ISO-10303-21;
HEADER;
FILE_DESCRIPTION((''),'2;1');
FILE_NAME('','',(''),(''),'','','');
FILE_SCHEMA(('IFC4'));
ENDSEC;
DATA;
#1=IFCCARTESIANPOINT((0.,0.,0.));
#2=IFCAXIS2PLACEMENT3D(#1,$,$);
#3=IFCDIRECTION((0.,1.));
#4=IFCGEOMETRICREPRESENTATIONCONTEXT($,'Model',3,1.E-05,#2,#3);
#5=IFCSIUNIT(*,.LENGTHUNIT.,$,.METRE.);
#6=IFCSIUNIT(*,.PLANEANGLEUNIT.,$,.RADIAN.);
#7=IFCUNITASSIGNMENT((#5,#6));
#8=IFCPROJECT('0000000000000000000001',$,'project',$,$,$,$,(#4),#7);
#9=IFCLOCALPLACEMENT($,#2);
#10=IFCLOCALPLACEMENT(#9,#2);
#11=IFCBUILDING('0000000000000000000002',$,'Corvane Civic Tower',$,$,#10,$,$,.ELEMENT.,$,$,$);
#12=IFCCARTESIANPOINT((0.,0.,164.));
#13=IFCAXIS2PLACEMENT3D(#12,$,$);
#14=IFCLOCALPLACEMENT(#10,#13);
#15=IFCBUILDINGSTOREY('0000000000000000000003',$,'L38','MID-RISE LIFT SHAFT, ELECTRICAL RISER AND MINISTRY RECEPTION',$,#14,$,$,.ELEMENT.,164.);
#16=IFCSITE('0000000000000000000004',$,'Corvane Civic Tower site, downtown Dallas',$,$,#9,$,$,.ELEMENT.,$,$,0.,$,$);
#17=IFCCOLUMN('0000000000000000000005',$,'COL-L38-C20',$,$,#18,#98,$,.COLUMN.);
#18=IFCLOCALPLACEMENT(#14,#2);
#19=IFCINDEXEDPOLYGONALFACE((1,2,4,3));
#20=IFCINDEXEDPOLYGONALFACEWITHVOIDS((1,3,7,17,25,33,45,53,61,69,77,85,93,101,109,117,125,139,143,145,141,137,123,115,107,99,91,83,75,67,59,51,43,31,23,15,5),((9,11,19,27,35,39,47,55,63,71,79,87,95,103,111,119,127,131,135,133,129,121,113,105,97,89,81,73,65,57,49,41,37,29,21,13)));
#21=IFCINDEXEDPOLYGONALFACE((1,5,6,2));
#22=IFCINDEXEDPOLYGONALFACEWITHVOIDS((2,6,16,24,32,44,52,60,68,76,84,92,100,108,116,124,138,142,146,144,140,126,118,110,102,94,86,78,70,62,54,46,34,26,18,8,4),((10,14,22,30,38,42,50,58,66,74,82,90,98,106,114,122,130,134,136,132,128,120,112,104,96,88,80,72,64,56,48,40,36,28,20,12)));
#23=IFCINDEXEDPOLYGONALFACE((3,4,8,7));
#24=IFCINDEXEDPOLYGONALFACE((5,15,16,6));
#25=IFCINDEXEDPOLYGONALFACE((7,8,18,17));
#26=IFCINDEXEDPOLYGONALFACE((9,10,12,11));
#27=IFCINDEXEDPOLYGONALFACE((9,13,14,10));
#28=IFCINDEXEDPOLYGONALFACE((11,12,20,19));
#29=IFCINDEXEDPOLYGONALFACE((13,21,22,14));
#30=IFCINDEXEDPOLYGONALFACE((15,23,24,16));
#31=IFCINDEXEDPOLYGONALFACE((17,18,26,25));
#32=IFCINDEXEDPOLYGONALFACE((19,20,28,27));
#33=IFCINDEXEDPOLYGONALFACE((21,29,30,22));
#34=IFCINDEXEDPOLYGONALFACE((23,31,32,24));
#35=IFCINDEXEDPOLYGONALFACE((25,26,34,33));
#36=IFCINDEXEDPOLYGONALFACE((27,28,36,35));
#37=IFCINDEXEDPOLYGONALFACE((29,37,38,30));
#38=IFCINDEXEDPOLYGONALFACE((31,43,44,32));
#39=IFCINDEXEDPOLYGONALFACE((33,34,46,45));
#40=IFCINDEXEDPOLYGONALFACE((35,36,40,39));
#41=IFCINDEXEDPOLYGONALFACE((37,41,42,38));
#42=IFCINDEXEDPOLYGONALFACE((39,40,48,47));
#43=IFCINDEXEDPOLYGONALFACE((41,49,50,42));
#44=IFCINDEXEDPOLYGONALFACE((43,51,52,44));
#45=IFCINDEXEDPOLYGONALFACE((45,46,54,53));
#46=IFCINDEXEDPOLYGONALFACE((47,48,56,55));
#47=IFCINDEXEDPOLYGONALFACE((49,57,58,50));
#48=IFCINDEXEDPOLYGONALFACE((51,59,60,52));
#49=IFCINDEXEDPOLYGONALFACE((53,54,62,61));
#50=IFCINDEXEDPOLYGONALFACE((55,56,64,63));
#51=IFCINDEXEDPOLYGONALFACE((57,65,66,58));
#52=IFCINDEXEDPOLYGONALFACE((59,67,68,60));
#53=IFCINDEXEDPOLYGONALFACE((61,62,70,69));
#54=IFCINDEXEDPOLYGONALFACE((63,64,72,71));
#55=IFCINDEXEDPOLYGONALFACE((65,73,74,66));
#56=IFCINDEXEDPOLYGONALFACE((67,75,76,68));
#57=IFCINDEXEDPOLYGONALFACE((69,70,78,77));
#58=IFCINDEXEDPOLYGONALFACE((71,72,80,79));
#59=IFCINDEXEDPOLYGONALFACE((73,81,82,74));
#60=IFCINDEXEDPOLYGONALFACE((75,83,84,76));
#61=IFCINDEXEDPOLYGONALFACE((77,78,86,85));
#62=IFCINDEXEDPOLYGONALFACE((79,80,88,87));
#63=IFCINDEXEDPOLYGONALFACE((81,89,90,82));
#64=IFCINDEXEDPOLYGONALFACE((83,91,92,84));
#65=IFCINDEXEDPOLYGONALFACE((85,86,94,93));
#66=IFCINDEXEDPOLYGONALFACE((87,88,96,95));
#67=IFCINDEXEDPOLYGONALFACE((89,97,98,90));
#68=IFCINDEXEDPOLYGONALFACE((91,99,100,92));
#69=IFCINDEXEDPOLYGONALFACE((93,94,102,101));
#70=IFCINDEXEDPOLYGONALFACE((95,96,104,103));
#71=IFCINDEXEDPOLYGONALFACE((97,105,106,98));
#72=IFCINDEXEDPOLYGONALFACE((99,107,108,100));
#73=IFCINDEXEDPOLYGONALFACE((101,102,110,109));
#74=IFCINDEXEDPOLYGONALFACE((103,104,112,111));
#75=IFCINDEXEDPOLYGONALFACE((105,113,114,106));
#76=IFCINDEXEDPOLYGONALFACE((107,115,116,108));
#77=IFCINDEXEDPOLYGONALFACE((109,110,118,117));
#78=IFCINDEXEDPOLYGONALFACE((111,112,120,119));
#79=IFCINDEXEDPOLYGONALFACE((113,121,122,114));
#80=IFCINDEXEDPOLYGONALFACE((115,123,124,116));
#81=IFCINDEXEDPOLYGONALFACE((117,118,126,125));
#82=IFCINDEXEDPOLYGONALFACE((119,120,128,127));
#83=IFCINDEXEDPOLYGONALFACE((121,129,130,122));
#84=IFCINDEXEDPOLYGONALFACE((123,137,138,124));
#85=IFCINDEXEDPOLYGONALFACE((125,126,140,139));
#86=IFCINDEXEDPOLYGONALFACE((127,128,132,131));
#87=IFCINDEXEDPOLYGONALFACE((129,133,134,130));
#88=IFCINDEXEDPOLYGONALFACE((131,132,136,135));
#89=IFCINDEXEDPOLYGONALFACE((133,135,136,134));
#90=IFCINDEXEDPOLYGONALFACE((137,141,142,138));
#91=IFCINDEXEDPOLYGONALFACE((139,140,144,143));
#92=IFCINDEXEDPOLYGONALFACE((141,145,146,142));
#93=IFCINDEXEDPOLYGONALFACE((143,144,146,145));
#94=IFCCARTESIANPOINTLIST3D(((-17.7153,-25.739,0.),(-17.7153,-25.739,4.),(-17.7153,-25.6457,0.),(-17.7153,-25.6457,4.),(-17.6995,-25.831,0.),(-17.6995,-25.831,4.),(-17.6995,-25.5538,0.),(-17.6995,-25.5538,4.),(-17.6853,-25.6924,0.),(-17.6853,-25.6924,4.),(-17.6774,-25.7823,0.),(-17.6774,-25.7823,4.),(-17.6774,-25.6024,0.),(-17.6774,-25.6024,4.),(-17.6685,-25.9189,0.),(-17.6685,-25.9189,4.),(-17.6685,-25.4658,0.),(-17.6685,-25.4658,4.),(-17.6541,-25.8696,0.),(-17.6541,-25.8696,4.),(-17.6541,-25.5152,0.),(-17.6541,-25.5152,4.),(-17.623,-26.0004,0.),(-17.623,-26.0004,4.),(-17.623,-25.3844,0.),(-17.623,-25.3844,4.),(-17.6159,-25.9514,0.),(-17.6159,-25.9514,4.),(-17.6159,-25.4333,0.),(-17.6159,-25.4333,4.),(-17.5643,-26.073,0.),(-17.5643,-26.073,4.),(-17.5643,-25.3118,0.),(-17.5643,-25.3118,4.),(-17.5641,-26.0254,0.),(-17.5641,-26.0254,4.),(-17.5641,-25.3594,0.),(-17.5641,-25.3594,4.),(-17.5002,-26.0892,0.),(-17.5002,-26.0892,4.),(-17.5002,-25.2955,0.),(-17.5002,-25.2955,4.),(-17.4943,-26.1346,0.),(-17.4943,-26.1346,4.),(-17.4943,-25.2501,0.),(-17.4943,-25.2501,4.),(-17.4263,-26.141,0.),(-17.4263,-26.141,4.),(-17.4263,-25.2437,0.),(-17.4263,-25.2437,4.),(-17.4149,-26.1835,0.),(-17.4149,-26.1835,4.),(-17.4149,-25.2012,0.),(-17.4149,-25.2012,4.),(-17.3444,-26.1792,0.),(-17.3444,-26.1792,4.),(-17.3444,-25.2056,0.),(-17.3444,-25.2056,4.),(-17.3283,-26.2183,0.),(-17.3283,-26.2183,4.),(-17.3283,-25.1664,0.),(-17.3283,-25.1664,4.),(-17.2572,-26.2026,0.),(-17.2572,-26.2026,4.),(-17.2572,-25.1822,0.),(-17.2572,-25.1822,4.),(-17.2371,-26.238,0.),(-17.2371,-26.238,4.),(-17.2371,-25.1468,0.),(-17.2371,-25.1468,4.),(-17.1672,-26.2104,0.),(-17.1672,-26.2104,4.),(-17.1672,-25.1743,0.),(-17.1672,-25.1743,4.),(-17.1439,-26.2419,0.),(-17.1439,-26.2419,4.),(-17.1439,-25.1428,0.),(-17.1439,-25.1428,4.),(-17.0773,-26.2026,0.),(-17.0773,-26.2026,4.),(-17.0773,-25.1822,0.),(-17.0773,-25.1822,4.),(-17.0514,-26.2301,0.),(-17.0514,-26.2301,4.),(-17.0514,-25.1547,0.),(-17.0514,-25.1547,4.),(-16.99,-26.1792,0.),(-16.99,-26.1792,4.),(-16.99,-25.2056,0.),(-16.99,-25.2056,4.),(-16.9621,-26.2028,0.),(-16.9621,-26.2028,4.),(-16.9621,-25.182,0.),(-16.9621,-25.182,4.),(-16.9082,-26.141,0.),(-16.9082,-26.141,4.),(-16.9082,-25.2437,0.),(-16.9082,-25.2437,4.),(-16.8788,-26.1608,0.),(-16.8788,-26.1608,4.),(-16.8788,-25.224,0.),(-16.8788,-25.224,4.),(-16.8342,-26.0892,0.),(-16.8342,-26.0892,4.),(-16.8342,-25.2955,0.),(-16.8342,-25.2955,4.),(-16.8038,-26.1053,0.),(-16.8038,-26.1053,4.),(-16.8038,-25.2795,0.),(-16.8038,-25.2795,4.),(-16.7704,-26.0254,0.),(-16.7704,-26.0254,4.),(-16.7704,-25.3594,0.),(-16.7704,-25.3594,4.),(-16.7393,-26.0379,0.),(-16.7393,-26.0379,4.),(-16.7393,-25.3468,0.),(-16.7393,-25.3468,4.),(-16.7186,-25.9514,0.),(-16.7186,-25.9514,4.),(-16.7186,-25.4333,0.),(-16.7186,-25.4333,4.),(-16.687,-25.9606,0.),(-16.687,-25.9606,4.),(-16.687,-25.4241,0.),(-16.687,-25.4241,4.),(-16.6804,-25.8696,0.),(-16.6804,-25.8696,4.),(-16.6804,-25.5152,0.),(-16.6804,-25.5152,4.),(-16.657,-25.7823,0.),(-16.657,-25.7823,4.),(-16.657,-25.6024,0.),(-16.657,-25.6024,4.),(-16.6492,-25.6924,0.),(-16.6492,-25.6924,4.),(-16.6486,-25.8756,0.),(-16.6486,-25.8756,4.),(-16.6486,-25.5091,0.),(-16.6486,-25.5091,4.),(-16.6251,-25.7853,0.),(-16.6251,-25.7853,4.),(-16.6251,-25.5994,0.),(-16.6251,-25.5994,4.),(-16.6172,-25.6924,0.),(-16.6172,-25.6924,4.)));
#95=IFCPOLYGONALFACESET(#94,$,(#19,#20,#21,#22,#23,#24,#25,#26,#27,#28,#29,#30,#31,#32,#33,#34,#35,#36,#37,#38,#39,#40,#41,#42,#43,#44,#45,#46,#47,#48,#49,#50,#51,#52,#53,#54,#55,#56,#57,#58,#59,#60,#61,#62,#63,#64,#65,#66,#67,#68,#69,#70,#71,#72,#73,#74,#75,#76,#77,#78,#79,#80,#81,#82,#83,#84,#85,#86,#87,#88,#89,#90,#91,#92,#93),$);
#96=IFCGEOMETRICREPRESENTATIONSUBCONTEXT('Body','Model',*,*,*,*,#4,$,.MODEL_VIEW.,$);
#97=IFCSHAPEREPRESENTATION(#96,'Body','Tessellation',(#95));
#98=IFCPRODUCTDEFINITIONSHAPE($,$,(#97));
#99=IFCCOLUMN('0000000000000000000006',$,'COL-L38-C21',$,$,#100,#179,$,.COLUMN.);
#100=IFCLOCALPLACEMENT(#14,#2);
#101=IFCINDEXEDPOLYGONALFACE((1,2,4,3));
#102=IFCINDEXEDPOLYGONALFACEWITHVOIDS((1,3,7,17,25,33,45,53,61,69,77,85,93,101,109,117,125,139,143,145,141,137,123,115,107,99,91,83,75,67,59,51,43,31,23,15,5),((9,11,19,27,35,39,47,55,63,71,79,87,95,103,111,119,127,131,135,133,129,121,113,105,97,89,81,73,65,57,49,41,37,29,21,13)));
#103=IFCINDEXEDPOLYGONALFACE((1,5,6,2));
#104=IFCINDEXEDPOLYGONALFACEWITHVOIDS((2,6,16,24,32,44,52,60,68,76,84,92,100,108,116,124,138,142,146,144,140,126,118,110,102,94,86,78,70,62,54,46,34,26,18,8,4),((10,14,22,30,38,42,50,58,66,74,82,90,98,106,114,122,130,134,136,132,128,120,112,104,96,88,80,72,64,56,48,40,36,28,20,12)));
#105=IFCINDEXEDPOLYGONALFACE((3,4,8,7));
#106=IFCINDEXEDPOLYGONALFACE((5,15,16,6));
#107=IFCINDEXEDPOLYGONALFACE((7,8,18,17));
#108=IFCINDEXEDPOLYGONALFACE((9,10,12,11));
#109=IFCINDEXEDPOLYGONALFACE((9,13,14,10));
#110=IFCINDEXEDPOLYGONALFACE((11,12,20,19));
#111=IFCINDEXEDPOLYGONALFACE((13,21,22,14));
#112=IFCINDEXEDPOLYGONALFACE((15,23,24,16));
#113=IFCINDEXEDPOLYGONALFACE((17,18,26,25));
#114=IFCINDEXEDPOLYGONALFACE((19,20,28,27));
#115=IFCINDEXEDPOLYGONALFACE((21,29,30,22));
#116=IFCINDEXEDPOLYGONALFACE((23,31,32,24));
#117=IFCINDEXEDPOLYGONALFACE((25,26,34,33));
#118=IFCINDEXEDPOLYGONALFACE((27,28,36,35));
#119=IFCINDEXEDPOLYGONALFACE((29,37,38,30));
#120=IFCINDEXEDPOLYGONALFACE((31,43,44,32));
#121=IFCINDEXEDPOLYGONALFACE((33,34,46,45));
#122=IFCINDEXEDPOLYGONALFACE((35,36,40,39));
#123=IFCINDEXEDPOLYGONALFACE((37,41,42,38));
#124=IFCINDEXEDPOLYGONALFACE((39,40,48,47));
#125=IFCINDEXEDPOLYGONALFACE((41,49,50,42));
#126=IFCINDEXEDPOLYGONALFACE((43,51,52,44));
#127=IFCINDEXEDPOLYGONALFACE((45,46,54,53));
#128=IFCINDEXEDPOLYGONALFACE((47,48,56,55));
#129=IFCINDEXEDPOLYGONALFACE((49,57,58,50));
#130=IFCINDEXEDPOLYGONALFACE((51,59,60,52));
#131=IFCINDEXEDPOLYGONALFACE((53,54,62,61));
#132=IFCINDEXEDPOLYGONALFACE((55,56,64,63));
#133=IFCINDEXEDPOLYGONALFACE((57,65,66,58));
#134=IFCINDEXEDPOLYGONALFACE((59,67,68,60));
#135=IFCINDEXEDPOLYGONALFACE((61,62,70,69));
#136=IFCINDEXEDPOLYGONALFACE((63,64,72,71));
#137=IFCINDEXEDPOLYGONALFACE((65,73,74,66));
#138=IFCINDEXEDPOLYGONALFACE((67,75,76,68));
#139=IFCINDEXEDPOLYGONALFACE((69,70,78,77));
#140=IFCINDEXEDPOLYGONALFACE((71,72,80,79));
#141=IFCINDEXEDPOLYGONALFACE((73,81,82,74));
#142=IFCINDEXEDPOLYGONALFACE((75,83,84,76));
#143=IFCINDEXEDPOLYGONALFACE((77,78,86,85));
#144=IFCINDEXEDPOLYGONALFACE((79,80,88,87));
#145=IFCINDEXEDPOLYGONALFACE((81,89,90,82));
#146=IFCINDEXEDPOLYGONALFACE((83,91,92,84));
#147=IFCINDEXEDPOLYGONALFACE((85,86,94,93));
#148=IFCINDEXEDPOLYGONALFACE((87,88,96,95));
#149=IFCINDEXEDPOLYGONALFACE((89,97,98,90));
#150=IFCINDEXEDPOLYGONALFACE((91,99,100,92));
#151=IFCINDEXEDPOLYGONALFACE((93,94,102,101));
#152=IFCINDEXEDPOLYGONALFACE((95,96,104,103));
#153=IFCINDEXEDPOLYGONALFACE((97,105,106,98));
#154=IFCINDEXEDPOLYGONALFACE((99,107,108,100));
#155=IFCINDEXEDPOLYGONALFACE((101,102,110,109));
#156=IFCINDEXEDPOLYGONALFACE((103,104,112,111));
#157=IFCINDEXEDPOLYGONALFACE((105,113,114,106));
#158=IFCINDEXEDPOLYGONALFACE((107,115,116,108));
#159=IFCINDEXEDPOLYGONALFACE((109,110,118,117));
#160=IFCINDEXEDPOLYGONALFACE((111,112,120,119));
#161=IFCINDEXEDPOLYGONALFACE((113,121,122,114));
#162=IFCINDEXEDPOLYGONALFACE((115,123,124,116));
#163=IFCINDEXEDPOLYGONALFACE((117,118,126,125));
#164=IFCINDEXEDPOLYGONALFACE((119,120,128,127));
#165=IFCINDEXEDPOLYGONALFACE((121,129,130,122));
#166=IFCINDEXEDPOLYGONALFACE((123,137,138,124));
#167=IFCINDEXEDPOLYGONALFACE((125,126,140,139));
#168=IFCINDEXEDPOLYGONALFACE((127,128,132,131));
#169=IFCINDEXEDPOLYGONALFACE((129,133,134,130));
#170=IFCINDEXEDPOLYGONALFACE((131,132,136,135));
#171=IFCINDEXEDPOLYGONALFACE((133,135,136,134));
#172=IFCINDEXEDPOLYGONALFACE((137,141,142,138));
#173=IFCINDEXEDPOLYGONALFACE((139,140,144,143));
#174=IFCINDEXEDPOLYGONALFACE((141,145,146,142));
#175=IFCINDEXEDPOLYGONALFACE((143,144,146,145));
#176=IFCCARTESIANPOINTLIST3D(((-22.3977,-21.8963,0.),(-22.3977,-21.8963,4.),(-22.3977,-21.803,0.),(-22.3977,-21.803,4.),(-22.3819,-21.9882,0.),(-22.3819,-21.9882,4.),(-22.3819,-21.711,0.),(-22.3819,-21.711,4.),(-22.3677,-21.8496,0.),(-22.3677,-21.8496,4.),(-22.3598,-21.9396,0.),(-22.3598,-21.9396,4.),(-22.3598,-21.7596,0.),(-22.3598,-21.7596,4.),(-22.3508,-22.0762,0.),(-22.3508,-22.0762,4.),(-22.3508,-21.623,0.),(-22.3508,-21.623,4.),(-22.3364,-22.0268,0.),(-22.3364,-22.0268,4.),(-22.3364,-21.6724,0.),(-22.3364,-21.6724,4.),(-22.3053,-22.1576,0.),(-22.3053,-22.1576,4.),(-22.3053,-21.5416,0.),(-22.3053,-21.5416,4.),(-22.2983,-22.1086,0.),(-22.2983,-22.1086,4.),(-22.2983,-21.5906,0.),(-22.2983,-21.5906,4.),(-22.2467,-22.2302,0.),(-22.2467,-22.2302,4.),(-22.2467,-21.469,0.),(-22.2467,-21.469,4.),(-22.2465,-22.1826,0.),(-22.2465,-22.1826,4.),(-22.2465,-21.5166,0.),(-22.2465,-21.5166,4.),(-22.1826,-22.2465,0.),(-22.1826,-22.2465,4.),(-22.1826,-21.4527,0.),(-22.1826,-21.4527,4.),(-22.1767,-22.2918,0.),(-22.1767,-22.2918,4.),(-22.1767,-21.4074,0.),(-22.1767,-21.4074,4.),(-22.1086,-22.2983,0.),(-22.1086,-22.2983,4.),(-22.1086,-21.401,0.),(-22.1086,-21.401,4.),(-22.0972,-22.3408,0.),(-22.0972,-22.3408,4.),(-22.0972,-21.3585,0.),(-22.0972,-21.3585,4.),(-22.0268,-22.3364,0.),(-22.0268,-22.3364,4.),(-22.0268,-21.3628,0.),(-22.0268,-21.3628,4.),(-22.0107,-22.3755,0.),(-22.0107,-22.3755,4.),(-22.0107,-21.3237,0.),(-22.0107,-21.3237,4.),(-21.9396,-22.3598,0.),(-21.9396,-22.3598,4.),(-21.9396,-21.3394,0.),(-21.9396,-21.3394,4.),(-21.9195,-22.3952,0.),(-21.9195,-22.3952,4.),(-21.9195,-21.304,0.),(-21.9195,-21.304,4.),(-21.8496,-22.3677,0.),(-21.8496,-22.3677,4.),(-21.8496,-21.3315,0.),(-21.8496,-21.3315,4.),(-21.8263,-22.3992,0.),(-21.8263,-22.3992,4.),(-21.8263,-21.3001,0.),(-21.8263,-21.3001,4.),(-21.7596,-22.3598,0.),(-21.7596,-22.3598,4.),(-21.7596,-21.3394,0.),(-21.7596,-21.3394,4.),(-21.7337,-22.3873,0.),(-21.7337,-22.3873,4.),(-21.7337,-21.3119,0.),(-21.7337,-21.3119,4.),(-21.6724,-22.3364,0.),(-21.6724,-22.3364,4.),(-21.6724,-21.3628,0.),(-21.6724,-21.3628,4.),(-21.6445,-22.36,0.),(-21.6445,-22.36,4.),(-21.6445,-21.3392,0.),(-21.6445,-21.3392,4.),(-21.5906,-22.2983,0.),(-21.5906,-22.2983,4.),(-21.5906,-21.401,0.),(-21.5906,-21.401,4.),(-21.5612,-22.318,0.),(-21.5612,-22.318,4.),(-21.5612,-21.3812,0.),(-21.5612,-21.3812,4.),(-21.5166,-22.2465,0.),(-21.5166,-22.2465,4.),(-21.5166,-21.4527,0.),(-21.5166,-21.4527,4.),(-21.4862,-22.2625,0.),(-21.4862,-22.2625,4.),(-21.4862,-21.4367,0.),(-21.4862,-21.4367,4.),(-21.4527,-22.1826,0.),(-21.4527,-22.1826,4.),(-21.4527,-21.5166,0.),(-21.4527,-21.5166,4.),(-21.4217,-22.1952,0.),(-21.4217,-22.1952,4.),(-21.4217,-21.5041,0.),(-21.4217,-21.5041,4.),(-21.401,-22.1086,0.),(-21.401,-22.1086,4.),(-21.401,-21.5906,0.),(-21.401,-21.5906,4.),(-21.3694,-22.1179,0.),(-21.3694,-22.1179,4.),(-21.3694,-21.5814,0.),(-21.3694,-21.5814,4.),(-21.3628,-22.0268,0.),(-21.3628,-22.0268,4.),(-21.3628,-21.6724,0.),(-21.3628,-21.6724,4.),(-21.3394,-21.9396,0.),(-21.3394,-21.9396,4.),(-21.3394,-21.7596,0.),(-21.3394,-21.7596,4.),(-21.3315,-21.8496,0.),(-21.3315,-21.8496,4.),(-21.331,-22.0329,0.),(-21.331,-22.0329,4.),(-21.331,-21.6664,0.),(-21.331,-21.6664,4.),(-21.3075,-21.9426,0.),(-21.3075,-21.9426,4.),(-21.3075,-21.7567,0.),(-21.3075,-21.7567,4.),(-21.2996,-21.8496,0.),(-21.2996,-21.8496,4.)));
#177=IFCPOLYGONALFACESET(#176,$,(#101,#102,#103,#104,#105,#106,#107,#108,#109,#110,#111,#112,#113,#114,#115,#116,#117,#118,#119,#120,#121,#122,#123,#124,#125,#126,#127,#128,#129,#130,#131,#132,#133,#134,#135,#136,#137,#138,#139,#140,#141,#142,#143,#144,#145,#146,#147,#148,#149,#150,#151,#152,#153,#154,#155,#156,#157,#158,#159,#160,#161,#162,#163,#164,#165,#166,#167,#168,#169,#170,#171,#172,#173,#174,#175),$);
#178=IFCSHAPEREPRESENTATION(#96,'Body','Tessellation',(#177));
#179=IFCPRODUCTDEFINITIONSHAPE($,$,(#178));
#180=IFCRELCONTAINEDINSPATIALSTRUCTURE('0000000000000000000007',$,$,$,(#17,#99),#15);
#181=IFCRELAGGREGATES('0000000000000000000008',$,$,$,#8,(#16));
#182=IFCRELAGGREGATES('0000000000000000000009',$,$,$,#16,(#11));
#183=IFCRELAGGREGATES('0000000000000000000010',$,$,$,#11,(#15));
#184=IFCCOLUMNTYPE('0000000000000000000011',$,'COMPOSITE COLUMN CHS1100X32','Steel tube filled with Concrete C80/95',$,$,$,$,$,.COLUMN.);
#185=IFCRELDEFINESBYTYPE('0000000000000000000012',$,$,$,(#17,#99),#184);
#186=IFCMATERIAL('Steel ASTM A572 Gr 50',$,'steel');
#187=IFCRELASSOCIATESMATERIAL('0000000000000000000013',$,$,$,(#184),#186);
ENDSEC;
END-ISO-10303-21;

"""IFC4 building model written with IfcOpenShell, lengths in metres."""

from ifc_helpers import new_model, si_unit, direction, frame, origin, origin_2d, place, context, subcontext, project, spatial, hollow_circle, extrude, material, material_profile, profile_set, type_object, element, save


model = new_model("IFC4")

# Units and contexts
model_context = context("Model", 3, precision=1e-05, world=origin(), true_north=direction((0.0, 1.0)))
body_context = subcontext(model_context, "Body", "Model", "MODEL_VIEW")
ifc_project = project(units=[si_unit("LENGTHUNIT", "METRE"), si_unit("PLANEANGLEUNIT", "RADIAN")], contexts=[model_context])

# Site, building, storey
site_placement = place(None, origin())
site = spatial("IfcSite", under=ifc_project, at=site_placement, Name="Corvane Civic Tower site, downtown Dallas", CompositionType="ELEMENT", RefElevation=0.0)
building_placement = place(site_placement, origin())
building = spatial("IfcBuilding", under=site, at=building_placement, Name="Corvane Civic Tower", CompositionType="ELEMENT")
storey_placement = place(building_placement, frame((0.0, 0.0, 164.0)))
storey = spatial("IfcBuildingStorey", under=building, at=storey_placement, Name="L38", Description="MID-RISE LIFT SHAFT, ELECTRICAL RISER AND MINISTRY RECEPTION", CompositionType="ELEMENT", Elevation=164.0)

# Columns
ifc_material_1 = material(Name="Steel ASTM A572 Gr 50", Category="steel")
ifc_material_profile_1 = material_profile(ifc_material_1, hollow_circle(Radius=0.55, WallThickness=0.032, at=origin_2d()), Name="CHS1100X32")
ifc_profile_set_1 = profile_set([ifc_material_profile_1], Name="Steel ASTM A572 Gr 50")
column_type = type_object("IfcColumnType", Name="COMPOSITE COLUMN CHS1100X32", Description="Steel tube filled with Concrete C80/95", PredefinedType="COLUMN", material=ifc_profile_set_1)
for number, where, z_axis, x_axis, name in (
    (1, (-17.1672, -25.6924, 0.0), (0.0, 0.0, 1.0), (1.0, 0.0, 0.0), "COL-L38-C20"),
    (2, (-21.8496, -21.8496, 0.0), (0.0, 0.0, 1.0), (1.0, 0.0, 0.0), "COL-L38-C21"),
):
    element("IfcColumn", number, at=place(storey_placement, frame(where, z_axis=z_axis, x_axis=x_axis)), inside=storey, type_object=column_type, Name=name, PredefinedType="COLUMN", context=body_context, shape_type="SweptSolid", body=[
        extrude(hollow_circle(Radius=0.55, WallThickness=0.032, at=origin_2d()), origin(), (0.0, 0.0, 1.0), 4.0),
    ])

save(model, "model.ifc")
